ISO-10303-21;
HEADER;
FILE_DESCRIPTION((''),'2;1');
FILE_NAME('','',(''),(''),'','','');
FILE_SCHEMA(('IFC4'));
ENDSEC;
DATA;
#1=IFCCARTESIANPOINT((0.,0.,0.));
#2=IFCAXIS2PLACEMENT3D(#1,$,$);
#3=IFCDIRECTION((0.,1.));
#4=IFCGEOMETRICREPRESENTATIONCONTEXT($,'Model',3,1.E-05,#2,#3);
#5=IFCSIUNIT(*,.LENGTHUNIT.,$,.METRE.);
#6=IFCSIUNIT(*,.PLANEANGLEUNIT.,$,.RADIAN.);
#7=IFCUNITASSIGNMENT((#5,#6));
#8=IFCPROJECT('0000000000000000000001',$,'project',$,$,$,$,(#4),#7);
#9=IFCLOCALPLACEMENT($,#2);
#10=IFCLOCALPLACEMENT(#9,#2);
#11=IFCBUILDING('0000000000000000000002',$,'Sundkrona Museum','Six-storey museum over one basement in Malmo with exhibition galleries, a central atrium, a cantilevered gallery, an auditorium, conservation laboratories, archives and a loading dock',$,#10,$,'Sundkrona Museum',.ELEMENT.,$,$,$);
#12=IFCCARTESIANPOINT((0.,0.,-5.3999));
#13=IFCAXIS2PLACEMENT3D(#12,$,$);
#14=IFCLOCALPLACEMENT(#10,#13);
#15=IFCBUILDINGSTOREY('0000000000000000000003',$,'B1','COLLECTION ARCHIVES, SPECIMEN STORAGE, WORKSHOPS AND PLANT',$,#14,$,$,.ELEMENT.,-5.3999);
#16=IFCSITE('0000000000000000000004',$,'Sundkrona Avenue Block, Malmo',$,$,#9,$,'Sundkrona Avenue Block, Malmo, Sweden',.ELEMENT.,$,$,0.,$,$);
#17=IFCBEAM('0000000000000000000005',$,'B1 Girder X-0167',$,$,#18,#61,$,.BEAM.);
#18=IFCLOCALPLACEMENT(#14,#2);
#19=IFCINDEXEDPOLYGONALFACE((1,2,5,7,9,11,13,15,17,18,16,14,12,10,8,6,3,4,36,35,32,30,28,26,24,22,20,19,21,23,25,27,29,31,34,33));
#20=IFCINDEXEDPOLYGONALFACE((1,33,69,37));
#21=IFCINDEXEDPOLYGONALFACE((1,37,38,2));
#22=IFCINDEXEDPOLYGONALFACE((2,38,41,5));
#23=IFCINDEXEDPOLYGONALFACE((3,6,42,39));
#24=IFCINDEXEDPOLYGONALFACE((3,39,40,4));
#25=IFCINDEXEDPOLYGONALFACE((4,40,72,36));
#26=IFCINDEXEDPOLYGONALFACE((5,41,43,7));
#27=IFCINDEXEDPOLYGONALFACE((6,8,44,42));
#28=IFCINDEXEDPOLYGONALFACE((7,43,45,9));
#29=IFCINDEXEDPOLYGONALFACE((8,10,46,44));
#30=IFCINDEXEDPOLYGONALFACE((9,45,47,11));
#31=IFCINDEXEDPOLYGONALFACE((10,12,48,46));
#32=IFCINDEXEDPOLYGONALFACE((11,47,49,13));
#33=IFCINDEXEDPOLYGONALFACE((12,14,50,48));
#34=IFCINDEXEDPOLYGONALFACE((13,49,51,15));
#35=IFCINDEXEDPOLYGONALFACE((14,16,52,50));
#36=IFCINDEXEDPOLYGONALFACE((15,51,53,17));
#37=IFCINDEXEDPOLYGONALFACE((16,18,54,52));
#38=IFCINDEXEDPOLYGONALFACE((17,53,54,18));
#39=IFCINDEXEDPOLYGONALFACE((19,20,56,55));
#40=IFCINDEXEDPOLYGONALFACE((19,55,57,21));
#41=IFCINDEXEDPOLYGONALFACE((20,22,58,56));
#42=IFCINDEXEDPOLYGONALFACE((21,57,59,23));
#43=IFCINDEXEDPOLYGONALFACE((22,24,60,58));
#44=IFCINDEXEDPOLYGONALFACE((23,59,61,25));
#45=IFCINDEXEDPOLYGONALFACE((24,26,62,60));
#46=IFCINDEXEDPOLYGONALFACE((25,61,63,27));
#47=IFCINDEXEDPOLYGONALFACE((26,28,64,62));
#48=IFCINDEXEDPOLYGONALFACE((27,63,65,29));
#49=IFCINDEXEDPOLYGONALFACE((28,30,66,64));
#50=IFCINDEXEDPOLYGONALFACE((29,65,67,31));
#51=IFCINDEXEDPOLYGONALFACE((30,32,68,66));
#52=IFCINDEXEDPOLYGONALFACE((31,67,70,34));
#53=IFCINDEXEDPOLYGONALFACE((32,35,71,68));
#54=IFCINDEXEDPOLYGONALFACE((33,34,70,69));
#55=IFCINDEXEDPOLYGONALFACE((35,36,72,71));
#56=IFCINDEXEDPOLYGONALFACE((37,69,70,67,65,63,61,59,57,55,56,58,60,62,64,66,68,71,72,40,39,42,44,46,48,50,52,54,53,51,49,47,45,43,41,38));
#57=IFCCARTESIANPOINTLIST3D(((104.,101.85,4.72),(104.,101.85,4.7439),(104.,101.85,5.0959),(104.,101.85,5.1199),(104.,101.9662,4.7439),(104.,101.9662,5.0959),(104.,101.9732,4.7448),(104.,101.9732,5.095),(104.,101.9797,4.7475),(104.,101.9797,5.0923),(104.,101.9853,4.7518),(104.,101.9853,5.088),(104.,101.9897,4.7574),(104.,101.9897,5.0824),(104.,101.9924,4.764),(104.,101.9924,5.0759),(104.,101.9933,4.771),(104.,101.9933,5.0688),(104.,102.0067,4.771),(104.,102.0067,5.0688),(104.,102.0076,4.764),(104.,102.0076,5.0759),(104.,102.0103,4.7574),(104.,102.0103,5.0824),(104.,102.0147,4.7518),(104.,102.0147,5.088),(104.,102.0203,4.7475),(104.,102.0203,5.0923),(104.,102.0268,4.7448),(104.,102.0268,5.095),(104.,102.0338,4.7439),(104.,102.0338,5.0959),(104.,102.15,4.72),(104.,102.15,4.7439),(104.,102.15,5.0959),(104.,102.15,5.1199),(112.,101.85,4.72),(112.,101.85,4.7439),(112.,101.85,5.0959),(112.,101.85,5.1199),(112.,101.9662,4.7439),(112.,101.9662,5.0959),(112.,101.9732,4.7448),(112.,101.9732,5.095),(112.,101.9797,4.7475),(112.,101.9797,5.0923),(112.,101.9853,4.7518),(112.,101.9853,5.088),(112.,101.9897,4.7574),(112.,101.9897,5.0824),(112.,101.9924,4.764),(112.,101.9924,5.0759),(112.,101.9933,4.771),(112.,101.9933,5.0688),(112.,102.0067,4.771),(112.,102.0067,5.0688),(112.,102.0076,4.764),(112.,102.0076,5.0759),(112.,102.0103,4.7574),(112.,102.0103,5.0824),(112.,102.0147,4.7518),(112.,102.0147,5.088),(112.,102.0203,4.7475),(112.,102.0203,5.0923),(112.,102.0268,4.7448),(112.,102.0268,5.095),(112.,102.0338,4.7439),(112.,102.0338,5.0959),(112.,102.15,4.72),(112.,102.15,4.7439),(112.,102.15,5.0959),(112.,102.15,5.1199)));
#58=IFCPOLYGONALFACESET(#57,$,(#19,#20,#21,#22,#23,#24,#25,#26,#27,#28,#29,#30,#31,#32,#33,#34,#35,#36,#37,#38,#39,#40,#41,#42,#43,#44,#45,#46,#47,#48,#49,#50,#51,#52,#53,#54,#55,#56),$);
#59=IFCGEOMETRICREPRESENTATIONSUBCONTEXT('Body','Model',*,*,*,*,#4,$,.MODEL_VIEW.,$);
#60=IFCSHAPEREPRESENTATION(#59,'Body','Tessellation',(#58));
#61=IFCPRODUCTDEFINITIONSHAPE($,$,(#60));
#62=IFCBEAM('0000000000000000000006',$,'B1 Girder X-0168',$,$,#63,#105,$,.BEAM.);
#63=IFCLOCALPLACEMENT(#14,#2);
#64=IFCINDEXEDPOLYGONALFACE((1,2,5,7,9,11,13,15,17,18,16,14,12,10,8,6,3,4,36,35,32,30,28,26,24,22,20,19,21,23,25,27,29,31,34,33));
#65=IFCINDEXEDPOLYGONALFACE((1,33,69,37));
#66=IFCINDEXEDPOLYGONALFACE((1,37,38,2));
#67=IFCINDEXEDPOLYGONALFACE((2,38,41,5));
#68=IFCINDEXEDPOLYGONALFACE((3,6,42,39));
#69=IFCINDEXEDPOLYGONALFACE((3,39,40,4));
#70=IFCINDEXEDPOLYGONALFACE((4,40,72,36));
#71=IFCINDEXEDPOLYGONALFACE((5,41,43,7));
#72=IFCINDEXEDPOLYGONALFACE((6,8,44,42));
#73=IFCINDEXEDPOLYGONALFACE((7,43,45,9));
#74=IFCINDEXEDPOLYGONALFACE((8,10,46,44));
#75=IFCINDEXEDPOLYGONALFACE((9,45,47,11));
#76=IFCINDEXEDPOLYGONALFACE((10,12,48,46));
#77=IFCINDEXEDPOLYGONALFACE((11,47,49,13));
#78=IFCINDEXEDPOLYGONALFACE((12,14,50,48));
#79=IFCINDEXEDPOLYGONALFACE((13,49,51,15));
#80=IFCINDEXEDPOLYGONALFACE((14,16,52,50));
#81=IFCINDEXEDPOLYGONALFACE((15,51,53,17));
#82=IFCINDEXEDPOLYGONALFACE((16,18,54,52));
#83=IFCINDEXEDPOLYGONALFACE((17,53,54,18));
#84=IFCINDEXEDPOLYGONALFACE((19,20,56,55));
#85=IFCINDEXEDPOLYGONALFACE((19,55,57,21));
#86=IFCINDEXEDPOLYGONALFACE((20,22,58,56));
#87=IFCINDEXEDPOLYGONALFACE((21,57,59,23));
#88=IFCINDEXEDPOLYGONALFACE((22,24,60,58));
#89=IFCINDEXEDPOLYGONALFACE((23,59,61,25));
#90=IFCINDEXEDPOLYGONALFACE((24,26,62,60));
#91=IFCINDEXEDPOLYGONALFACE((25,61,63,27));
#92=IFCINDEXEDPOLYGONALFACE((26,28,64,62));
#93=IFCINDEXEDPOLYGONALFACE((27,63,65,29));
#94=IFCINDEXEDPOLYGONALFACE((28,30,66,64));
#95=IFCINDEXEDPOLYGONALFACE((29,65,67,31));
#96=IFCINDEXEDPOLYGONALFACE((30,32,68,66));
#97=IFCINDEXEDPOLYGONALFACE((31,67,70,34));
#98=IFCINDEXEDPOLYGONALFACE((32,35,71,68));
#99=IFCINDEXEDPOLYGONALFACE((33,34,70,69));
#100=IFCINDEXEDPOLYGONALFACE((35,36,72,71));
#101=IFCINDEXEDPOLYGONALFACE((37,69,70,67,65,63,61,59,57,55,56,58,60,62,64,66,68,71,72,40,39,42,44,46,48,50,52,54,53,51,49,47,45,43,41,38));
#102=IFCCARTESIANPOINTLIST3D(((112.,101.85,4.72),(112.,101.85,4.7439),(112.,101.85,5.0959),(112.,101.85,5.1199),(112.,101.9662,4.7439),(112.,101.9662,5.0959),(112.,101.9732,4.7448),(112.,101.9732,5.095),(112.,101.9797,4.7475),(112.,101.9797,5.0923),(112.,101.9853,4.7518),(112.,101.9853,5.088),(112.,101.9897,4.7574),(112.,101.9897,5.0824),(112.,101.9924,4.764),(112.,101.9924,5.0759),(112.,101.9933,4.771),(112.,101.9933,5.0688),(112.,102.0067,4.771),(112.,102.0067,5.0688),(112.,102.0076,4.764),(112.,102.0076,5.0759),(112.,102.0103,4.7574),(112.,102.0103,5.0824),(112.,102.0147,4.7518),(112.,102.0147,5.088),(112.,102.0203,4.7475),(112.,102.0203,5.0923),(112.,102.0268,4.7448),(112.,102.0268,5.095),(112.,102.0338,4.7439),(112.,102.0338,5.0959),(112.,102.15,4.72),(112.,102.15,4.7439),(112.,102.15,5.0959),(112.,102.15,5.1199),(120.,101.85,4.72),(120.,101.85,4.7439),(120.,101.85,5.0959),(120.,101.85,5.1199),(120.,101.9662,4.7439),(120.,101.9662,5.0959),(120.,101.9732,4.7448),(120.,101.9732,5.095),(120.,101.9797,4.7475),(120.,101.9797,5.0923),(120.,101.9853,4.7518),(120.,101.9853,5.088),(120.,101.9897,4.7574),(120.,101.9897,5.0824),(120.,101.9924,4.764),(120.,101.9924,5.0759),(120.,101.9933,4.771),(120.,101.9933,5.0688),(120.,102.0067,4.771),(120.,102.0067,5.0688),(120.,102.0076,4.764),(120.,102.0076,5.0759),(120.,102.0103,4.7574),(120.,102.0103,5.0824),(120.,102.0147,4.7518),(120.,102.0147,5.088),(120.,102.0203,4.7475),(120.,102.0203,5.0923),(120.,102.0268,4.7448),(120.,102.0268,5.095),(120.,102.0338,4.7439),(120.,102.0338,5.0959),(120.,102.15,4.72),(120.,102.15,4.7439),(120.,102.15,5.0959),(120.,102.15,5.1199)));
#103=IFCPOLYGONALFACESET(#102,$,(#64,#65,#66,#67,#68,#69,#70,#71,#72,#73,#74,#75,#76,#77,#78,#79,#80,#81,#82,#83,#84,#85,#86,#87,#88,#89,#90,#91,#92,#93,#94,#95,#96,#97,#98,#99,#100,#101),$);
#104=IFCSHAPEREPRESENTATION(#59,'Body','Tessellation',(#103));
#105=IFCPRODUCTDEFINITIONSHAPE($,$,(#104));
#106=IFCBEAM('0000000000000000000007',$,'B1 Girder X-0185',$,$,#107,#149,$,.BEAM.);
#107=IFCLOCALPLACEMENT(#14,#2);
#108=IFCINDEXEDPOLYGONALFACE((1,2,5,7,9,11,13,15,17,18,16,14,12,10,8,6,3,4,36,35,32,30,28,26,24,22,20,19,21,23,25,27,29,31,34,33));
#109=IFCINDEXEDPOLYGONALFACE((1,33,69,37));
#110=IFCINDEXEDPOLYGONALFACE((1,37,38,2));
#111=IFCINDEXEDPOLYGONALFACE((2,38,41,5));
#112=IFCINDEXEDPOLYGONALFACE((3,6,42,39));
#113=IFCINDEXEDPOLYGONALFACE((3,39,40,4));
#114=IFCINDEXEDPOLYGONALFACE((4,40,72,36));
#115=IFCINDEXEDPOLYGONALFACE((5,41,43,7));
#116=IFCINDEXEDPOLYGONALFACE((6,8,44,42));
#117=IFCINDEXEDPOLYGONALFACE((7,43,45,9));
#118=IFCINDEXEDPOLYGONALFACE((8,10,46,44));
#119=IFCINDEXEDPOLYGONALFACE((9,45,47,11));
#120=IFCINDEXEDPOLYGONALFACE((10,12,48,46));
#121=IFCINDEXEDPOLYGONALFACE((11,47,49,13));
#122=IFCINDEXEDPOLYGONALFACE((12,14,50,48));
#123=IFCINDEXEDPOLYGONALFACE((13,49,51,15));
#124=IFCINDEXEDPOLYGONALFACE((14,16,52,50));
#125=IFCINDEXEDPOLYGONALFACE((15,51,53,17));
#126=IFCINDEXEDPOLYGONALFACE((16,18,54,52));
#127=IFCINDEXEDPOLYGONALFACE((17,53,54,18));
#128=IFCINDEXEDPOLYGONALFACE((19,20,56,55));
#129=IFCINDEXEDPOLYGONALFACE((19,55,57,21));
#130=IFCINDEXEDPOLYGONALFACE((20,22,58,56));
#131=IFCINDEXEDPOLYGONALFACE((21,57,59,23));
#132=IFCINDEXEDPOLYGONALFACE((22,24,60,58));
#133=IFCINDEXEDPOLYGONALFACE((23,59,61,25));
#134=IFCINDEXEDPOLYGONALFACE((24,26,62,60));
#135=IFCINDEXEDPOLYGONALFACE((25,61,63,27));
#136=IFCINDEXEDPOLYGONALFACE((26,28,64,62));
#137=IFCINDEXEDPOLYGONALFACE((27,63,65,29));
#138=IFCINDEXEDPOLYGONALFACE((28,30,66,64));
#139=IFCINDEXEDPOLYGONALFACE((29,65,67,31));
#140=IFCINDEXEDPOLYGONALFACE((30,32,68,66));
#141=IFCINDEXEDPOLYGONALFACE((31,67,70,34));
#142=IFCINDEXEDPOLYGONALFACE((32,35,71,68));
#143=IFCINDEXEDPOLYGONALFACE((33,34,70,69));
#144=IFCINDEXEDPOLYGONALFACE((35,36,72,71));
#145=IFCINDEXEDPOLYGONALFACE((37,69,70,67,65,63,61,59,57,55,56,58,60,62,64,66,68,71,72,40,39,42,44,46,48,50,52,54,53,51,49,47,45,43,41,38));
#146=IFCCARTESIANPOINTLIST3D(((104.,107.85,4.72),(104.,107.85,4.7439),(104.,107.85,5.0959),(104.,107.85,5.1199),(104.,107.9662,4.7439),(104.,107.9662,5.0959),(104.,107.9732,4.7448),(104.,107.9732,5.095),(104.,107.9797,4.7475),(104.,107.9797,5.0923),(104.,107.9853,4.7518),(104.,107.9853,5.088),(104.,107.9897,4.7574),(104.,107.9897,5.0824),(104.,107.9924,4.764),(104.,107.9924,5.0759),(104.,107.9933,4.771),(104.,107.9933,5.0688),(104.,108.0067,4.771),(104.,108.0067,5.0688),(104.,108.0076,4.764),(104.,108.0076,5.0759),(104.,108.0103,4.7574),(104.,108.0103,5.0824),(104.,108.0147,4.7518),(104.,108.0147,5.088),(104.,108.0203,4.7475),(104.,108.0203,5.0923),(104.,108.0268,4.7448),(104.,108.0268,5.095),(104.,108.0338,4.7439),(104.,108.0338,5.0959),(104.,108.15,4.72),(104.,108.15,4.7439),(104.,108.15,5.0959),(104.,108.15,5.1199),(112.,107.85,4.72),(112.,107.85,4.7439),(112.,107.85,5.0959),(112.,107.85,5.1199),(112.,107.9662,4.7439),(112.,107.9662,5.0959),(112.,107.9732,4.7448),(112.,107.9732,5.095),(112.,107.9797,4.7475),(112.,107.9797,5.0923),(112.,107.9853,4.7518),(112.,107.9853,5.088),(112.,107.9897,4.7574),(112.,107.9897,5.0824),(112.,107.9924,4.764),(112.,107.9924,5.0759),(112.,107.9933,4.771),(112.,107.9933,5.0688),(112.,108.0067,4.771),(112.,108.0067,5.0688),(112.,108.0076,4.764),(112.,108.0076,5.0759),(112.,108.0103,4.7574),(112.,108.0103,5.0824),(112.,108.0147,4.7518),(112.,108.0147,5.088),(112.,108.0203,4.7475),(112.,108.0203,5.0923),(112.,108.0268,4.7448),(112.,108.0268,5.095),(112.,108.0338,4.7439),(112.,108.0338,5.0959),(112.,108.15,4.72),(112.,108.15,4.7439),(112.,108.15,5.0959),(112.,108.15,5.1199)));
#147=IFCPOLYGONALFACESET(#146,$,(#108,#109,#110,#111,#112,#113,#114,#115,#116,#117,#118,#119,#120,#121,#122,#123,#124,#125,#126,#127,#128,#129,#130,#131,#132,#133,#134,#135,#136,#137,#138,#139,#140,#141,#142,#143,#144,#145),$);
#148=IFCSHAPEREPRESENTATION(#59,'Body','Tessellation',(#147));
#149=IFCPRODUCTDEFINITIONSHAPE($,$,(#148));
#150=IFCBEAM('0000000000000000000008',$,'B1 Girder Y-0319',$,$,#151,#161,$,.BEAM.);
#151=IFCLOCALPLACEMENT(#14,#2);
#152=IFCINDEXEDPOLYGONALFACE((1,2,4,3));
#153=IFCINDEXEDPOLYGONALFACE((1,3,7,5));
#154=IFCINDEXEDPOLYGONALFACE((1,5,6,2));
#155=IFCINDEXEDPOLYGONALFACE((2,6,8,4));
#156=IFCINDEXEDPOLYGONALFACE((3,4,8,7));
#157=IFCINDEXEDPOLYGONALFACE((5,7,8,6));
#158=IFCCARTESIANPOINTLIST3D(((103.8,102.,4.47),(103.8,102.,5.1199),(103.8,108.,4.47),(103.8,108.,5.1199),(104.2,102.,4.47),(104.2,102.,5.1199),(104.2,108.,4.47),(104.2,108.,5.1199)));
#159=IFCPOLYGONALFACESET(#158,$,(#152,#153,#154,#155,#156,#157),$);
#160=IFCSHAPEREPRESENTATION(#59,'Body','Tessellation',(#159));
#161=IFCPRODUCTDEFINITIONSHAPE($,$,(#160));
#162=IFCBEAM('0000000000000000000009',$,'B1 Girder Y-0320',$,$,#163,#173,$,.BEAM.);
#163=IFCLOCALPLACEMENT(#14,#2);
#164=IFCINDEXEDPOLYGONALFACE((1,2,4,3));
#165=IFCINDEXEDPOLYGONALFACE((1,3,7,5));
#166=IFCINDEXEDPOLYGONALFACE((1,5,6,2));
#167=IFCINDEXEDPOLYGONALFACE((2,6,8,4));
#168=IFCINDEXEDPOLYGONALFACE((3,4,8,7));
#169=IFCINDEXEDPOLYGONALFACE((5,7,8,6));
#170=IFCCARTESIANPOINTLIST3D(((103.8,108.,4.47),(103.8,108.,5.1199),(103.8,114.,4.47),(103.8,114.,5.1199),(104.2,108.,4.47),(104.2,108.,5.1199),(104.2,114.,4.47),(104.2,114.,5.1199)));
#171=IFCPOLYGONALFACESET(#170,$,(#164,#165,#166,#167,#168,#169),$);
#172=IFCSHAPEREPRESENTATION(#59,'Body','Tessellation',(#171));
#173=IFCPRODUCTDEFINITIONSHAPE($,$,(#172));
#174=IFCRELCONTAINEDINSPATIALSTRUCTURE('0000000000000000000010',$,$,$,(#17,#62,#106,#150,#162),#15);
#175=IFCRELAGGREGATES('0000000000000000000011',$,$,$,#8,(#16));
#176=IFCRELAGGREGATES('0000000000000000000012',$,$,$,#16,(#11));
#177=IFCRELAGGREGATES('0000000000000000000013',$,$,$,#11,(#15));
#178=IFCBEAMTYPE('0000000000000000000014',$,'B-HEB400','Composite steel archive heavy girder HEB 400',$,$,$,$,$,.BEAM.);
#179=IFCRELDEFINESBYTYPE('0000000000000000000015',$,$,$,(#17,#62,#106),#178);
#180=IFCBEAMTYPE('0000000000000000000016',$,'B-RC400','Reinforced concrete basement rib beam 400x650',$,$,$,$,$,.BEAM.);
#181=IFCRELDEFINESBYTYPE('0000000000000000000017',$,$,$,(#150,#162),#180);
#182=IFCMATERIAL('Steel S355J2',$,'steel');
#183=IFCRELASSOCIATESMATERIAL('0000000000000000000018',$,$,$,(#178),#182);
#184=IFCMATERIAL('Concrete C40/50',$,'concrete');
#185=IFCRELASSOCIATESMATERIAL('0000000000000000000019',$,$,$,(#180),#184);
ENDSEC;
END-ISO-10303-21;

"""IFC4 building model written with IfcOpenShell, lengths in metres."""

from ifc_helpers import new_model, si_unit, direction, frame, origin, origin_2d, place, context, subcontext, project, spatial, rectangle, i_section, extrude, material, material_profile, profile_set, type_object, element, save


model = new_model("IFC4")

# Units and contexts
model_context = context("Model", 3, precision=1e-05, world=origin(), true_north=direction((0.0, 1.0)))
body_context = subcontext(model_context, "Body", "Model", "MODEL_VIEW")
ifc_project = project(units=[si_unit("LENGTHUNIT", "METRE"), si_unit("PLANEANGLEUNIT", "RADIAN")], contexts=[model_context])

# Site, building, storey
site_placement = place(None, origin())
site = spatial("IfcSite", under=ifc_project, at=site_placement, Name="Sundkrona Avenue Block, Malmo", LongName="Sundkrona Avenue Block, Malmo, Sweden", CompositionType="ELEMENT", RefElevation=0.0)
building_placement = place(site_placement, origin())
building = spatial("IfcBuilding", under=site, at=building_placement, Name="Sundkrona Museum", Description="Six-storey museum over one basement in Malmo with exhibition galleries, a central atrium, a cantilevered gallery, an auditorium, conservation laboratories, archives and a loading dock", LongName="Sundkrona Museum", CompositionType="ELEMENT")
storey_placement = place(building_placement, frame((0.0, 0.0, -5.3999)))
storey = spatial("IfcBuildingStorey", under=building, at=storey_placement, Name="B1", Description="COLLECTION ARCHIVES, SPECIMEN STORAGE, WORKSHOPS AND PLANT", CompositionType="ELEMENT", Elevation=-5.3999)

# Shared definitions
ifc_material_1 = material(Name="Concrete C40/50", Category="concrete")

# Beams
ifc_material_2 = material(Name="Steel S355J2", Category="steel")
ifc_material_profile_1 = material_profile(ifc_material_2, i_section(OverallWidth=0.3, OverallDepth=0.3999, WebThickness=0.0134, FlangeThickness=0.0239, FilletRadius=0.0271, at=origin_2d()), Name="HEB 400")
ifc_profile_set_1 = profile_set([ifc_material_profile_1], Name="Steel S355J2")
beam_type_1 = type_object("IfcBeamType", Name="B-HEB400", Description="Composite steel archive heavy girder HEB 400", PredefinedType="BEAM", material=ifc_profile_set_1)
for number, where, z_axis, x_axis, name in (
    (1, (104.0, 102.0, 4.9199), (1.0, 0.0, 0.0), (0.0, 1.0, 0.0), "B1 Girder X-0167"),
    (2, (112.0, 102.0, 4.9199), (1.0, 0.0, 0.0), (0.0, 1.0, 0.0), "B1 Girder X-0168"),
    (3, (104.0, 108.0, 4.9199), (1.0, 0.0, 0.0), (0.0, 1.0, 0.0), "B1 Girder X-0185"),
):
    element("IfcBeam", number, at=place(storey_placement, frame(where, z_axis=z_axis, x_axis=x_axis)), inside=storey, type_object=beam_type_1, Name=name, PredefinedType="BEAM", context=body_context, shape_type="SweptSolid", body=[
        extrude(i_section(OverallWidth=0.3, OverallDepth=0.3999, WebThickness=0.0134, FlangeThickness=0.0239, FilletRadius=0.0271, at=origin_2d()), origin(), (0.0, 0.0, 1.0), 8.0),
    ])
ifc_material_profile_2 = material_profile(ifc_material_1, rectangle(XDim=0.3999, YDim=0.6499, at=origin_2d()), Name="RCB 400x650")
ifc_profile_set_2 = profile_set([ifc_material_profile_2], Name="Concrete C40/50")
beam_type_2 = type_object("IfcBeamType", Name="B-RC400", Description="Reinforced concrete basement rib beam 400x650", PredefinedType="BEAM", material=ifc_profile_set_2)
for number, where, z_axis, x_axis, name in (
    (4, (104.0, 102.0, 4.7949), (0.0, 1.0, 0.0), (-1.0, 0.0, 0.0), "B1 Girder Y-0319"),
    (5, (104.0, 108.0, 4.7949), (0.0, 1.0, 0.0), (-1.0, 0.0, 0.0), "B1 Girder Y-0320"),
):
    element("IfcBeam", number, at=place(storey_placement, frame(where, z_axis=z_axis, x_axis=x_axis)), inside=storey, type_object=beam_type_2, Name=name, PredefinedType="BEAM", context=body_context, shape_type="SweptSolid", body=[
        extrude(rectangle(XDim=0.3999, YDim=0.6499, at=origin_2d()), origin(), (0.0, 0.0, 1.0), 6.0),
    ])

save(model, "model.ifc")
